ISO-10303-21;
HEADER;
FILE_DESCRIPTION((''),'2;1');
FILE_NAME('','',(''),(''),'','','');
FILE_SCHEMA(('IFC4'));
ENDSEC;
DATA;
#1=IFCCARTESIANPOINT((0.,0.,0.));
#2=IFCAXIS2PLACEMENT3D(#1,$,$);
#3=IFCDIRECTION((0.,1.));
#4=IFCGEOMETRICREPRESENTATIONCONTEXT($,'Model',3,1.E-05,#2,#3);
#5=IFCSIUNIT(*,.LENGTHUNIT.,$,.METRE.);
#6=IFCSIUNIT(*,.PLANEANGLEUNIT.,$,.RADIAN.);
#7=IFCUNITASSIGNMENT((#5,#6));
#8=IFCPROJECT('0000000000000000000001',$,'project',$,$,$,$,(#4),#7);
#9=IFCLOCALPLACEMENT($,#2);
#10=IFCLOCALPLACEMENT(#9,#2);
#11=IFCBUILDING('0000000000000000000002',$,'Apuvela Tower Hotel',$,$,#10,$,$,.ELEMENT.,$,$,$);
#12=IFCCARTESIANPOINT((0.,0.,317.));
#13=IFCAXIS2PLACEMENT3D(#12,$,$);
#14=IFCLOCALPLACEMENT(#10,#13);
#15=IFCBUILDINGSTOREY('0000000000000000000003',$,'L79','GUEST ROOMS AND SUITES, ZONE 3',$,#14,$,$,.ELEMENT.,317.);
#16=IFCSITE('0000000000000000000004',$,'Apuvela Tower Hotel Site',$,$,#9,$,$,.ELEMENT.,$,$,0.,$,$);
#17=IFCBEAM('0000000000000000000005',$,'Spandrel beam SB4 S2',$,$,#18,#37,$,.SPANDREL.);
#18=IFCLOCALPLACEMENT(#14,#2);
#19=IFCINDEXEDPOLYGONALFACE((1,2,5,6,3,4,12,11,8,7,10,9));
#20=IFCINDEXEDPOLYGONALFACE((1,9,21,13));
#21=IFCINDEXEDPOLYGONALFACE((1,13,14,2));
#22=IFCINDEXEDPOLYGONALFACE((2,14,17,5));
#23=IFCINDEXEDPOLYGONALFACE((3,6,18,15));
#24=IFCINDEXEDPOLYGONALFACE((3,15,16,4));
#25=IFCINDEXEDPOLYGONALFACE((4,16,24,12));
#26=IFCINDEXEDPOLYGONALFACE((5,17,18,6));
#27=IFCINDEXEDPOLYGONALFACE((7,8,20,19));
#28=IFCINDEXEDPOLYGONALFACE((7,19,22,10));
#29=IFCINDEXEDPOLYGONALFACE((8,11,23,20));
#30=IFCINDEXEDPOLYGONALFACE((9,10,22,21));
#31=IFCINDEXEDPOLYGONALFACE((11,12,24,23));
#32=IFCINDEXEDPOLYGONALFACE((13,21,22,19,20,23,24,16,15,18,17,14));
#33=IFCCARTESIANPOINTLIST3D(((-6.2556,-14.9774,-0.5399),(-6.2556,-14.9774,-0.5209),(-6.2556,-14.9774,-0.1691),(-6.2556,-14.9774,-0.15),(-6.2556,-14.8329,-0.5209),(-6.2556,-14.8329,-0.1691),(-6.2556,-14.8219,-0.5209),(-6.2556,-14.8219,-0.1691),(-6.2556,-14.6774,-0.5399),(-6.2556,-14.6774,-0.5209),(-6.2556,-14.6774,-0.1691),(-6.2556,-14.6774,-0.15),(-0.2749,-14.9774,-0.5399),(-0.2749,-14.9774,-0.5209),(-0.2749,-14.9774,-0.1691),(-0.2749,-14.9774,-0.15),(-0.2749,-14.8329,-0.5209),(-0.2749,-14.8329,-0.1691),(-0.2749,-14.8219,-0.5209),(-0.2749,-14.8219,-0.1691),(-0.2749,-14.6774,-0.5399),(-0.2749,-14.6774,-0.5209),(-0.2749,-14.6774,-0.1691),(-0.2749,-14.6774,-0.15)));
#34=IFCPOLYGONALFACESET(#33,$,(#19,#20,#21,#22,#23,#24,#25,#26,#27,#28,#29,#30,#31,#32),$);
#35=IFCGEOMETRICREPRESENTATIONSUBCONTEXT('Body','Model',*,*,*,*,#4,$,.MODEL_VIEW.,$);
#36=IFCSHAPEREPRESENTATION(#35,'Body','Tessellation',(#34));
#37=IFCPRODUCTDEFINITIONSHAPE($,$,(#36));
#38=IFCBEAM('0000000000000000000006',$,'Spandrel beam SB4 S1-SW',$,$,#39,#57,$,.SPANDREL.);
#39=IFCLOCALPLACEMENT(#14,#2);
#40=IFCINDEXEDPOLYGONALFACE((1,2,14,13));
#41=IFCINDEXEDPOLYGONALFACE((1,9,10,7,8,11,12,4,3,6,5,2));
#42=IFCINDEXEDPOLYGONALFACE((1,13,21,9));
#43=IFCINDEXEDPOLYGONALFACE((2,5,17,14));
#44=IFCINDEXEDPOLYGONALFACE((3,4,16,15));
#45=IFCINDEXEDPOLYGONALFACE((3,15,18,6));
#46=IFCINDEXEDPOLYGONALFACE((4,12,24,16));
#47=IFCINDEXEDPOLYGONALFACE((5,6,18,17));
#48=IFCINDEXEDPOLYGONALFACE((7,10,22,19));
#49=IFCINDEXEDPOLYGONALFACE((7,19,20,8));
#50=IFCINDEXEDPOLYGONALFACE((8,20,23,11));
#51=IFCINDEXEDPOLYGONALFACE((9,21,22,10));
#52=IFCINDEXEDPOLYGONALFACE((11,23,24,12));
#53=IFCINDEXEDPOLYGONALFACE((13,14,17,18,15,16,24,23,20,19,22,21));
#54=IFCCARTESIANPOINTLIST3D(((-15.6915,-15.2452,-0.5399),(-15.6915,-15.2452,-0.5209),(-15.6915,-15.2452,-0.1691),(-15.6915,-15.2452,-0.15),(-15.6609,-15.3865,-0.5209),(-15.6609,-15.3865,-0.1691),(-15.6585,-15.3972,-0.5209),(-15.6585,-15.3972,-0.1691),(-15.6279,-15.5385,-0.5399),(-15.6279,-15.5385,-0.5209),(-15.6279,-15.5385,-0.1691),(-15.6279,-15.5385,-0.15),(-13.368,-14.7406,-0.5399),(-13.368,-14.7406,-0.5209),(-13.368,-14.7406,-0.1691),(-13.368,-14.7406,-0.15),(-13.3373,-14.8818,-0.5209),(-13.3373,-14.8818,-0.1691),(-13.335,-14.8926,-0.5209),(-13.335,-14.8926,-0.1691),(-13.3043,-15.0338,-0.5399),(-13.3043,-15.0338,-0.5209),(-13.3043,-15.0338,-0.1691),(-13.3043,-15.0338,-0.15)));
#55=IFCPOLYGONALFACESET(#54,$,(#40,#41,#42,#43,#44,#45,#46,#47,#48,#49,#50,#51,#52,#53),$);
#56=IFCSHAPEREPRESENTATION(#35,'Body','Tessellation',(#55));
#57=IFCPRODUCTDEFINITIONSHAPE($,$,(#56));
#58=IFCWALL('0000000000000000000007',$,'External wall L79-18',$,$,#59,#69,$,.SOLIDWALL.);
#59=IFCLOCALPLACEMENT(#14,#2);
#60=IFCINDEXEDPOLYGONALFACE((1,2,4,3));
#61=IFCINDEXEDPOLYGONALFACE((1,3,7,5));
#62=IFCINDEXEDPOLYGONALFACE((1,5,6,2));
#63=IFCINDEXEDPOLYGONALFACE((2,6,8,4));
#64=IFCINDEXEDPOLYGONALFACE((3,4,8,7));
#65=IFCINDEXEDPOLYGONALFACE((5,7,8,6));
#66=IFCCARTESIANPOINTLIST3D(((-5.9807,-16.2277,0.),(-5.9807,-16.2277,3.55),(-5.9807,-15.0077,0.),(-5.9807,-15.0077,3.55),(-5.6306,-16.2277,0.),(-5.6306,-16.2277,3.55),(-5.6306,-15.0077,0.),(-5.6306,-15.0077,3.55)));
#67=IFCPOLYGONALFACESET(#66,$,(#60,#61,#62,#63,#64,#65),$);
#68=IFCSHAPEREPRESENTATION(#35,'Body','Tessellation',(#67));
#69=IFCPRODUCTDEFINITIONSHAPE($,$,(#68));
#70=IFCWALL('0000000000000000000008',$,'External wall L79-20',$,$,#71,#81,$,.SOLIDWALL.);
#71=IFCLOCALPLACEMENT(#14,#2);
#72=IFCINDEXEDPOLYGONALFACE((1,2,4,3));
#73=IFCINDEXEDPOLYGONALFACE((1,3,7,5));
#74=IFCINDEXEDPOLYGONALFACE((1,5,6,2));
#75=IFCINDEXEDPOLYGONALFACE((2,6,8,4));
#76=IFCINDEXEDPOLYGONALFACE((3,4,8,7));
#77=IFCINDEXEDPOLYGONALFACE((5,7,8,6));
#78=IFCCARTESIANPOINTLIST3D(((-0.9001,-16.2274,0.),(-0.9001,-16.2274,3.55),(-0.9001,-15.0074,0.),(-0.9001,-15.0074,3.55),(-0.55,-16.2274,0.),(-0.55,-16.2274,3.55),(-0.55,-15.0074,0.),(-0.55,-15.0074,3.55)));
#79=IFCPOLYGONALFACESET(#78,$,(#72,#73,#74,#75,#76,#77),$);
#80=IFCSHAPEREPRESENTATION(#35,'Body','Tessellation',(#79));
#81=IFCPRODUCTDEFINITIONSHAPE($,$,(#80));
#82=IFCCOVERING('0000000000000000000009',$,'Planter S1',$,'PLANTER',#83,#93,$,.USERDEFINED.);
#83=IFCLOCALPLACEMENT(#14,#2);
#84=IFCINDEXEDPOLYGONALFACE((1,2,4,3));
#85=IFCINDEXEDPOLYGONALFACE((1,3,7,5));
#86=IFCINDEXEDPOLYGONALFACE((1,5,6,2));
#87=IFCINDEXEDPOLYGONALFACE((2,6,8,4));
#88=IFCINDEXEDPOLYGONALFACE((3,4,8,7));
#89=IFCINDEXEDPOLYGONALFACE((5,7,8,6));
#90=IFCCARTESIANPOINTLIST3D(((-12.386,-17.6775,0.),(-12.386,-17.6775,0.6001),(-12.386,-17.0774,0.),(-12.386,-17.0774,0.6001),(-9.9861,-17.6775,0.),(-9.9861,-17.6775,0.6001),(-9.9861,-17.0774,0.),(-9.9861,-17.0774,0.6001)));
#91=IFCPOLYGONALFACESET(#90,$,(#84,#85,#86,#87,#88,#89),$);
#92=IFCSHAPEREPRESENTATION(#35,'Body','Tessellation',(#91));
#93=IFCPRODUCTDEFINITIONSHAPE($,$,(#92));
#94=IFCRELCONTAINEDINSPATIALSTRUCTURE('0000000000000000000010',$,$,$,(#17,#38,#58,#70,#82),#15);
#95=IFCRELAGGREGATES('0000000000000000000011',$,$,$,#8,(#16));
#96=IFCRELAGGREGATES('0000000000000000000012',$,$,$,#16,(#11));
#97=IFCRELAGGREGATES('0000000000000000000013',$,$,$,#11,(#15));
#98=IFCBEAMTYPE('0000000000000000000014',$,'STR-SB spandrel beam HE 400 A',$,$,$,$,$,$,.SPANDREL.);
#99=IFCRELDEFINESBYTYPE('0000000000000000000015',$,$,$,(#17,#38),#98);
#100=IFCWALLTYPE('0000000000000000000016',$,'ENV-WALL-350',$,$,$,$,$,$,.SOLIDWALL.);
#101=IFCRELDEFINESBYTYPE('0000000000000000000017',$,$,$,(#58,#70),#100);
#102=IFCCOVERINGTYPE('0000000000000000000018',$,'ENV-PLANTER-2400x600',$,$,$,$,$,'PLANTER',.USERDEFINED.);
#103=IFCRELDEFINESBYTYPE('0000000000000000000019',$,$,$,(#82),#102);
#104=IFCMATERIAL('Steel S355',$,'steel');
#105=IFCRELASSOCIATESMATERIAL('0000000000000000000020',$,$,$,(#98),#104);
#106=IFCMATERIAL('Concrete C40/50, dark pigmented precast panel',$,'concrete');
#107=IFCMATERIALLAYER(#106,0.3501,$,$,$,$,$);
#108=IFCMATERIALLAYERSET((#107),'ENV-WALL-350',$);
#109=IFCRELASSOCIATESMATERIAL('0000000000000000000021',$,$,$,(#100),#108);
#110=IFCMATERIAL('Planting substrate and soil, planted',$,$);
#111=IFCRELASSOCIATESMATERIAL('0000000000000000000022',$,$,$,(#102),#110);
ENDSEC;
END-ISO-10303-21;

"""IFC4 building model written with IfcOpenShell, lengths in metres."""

from ifc_helpers import new_model, si_unit, direction, frame, frame_2d, origin, origin_2d, place, context, subcontext, project, spatial, rectangle, i_section, extrude, material, layer, layer_set, material_profile, profile_set, type_object, element, save


model = new_model("IFC4")

# Units and contexts
model_context = context("Model", 3, precision=1e-05, world=origin(), true_north=direction((0.0, 1.0)))
body_context = subcontext(model_context, "Body", "Model", "MODEL_VIEW")
ifc_project = project(units=[si_unit("LENGTHUNIT", "METRE"), si_unit("PLANEANGLEUNIT", "RADIAN")], contexts=[model_context])

# Site, building, storey
site_placement = place(None, origin())
site = spatial("IfcSite", under=ifc_project, at=site_placement, Name="Apuvela Tower Hotel Site", CompositionType="ELEMENT", RefElevation=0.0)
building_placement = place(site_placement, origin())
building = spatial("IfcBuilding", under=site, at=building_placement, Name="Apuvela Tower Hotel", CompositionType="ELEMENT")
storey_placement = place(building_placement, frame((0.0, 0.0, 317.0)))
storey = spatial("IfcBuildingStorey", under=building, at=storey_placement, Name="L79", Description="GUEST ROOMS AND SUITES, ZONE 3", CompositionType="ELEMENT", Elevation=317.0)

# Beams
ifc_material_1 = material(Name="Steel S355", Category="steel")
ifc_material_profile_1 = material_profile(ifc_material_1, i_section(OverallWidth=0.3, OverallDepth=0.3899, WebThickness=0.011, FlangeThickness=0.019, at=origin_2d()), Name="HE 400 A")
ifc_profile_set_1 = profile_set([ifc_material_profile_1], Name="Steel S355")
beam_type_1 = type_object("IfcBeamType", Name="STR-SB spandrel beam HE 400 A", PredefinedType="SPANDREL", material=ifc_profile_set_1)
for number, where, z_axis, x_axis, name in (
    (1, (-6.2556, -14.8274, -0.345), (1.0, 0.0, 0.0), (0.0, 1.0, 0.0), "Spandrel beam SB4 S2"),
):
    element("IfcBeam", number, at=place(storey_placement, frame(where, z_axis=z_axis, x_axis=x_axis)), inside=storey, type_object=beam_type_1, Name=name, PredefinedType="SPANDREL", context=body_context, shape_type="SweptSolid", body=[
        extrude(i_section(OverallWidth=0.3, OverallDepth=0.3899, WebThickness=0.011, FlangeThickness=0.019, at=origin_2d()), origin(), (0.0, 0.0, 1.0), 5.9807),
    ])
beam_1_placement = place(storey_placement, frame((-13.3362, -14.8872, -0.345), z_axis=(-0.977217, -0.212242, 0.0), x_axis=(0.212242, -0.977217, 0.0)))
element("IfcBeam", 2, at=beam_1_placement, inside=storey, type_object=beam_type_1, Name="Spandrel beam SB4 S1-SW", PredefinedType="SPANDREL", context=body_context, shape_type="SweptSolid", body=[
    extrude(i_section(OverallWidth=0.3, OverallDepth=0.3899, WebThickness=0.011, FlangeThickness=0.019, at=origin_2d()), origin(), (0.0, 0.0, 1.0), 2.3777),
])

# Wall
ifc_material_2 = material(Name="Concrete C40/50, dark pigmented precast panel", Category="concrete")
ifc_layer = layer(ifc_material_2, 0.3501)
ifc_layer_set = layer_set([ifc_layer], Name="ENV-WALL-350")
wall_type = type_object("IfcWallType", Name="ENV-WALL-350", PredefinedType="SOLIDWALL", material=ifc_layer_set)
wall_1_placement = place(storey_placement, frame((-5.8057, -16.2275, 0.0), z_axis=(0.0, 0.0, 1.0), x_axis=(0.0, 1.0, 0.0)))
element("IfcWall", 3, at=wall_1_placement, inside=storey, type_object=wall_type, Name="External wall L79-18", PredefinedType="SOLIDWALL", context=body_context, shape_type="SweptSolid", body=[
    extrude(rectangle(XDim=1.22, YDim=0.3501, at=frame_2d((0.6099, 0.0))), origin(), (0.0, 0.0, 1.0), 3.55),
])

# Wall
wall_2_placement = place(storey_placement, frame((-0.7251, -15.0076, 0.0), z_axis=(0.0, 0.0, 1.0), x_axis=(0.0, -1.0, 0.0)))
element("IfcWall", 4, at=wall_2_placement, inside=storey, type_object=wall_type, Name="External wall L79-20", PredefinedType="SOLIDWALL", context=body_context, shape_type="SweptSolid", body=[
    extrude(rectangle(XDim=1.22, YDim=0.3501, at=frame_2d((0.6099, 0.0))), origin(), (0.0, 0.0, 1.0), 3.55),
])

# Covering
ifc_material_3 = material(Name="Planting substrate and soil, planted")
covering_type = type_object("IfcCoveringType", Name="ENV-PLANTER-2400x600", ElementType="PLANTER", PredefinedType="USERDEFINED", material=ifc_material_3)
covering_placement = place(storey_placement, frame((-11.186, -17.3774, 0.0), z_axis=(0.0, 0.0, 1.0), x_axis=(1.0, 0.0, 0.0)))
element("IfcCovering", 5, at=covering_placement, inside=storey, type_object=covering_type, Name="Planter S1", ObjectType="PLANTER", PredefinedType="USERDEFINED", context=body_context, shape_type="SweptSolid", body=[
    extrude(rectangle(XDim=2.3999, YDim=0.6001, at=origin_2d()), origin(), (0.0, 0.0, 1.0), 0.6001),
])

save(model, "model.ifc")
